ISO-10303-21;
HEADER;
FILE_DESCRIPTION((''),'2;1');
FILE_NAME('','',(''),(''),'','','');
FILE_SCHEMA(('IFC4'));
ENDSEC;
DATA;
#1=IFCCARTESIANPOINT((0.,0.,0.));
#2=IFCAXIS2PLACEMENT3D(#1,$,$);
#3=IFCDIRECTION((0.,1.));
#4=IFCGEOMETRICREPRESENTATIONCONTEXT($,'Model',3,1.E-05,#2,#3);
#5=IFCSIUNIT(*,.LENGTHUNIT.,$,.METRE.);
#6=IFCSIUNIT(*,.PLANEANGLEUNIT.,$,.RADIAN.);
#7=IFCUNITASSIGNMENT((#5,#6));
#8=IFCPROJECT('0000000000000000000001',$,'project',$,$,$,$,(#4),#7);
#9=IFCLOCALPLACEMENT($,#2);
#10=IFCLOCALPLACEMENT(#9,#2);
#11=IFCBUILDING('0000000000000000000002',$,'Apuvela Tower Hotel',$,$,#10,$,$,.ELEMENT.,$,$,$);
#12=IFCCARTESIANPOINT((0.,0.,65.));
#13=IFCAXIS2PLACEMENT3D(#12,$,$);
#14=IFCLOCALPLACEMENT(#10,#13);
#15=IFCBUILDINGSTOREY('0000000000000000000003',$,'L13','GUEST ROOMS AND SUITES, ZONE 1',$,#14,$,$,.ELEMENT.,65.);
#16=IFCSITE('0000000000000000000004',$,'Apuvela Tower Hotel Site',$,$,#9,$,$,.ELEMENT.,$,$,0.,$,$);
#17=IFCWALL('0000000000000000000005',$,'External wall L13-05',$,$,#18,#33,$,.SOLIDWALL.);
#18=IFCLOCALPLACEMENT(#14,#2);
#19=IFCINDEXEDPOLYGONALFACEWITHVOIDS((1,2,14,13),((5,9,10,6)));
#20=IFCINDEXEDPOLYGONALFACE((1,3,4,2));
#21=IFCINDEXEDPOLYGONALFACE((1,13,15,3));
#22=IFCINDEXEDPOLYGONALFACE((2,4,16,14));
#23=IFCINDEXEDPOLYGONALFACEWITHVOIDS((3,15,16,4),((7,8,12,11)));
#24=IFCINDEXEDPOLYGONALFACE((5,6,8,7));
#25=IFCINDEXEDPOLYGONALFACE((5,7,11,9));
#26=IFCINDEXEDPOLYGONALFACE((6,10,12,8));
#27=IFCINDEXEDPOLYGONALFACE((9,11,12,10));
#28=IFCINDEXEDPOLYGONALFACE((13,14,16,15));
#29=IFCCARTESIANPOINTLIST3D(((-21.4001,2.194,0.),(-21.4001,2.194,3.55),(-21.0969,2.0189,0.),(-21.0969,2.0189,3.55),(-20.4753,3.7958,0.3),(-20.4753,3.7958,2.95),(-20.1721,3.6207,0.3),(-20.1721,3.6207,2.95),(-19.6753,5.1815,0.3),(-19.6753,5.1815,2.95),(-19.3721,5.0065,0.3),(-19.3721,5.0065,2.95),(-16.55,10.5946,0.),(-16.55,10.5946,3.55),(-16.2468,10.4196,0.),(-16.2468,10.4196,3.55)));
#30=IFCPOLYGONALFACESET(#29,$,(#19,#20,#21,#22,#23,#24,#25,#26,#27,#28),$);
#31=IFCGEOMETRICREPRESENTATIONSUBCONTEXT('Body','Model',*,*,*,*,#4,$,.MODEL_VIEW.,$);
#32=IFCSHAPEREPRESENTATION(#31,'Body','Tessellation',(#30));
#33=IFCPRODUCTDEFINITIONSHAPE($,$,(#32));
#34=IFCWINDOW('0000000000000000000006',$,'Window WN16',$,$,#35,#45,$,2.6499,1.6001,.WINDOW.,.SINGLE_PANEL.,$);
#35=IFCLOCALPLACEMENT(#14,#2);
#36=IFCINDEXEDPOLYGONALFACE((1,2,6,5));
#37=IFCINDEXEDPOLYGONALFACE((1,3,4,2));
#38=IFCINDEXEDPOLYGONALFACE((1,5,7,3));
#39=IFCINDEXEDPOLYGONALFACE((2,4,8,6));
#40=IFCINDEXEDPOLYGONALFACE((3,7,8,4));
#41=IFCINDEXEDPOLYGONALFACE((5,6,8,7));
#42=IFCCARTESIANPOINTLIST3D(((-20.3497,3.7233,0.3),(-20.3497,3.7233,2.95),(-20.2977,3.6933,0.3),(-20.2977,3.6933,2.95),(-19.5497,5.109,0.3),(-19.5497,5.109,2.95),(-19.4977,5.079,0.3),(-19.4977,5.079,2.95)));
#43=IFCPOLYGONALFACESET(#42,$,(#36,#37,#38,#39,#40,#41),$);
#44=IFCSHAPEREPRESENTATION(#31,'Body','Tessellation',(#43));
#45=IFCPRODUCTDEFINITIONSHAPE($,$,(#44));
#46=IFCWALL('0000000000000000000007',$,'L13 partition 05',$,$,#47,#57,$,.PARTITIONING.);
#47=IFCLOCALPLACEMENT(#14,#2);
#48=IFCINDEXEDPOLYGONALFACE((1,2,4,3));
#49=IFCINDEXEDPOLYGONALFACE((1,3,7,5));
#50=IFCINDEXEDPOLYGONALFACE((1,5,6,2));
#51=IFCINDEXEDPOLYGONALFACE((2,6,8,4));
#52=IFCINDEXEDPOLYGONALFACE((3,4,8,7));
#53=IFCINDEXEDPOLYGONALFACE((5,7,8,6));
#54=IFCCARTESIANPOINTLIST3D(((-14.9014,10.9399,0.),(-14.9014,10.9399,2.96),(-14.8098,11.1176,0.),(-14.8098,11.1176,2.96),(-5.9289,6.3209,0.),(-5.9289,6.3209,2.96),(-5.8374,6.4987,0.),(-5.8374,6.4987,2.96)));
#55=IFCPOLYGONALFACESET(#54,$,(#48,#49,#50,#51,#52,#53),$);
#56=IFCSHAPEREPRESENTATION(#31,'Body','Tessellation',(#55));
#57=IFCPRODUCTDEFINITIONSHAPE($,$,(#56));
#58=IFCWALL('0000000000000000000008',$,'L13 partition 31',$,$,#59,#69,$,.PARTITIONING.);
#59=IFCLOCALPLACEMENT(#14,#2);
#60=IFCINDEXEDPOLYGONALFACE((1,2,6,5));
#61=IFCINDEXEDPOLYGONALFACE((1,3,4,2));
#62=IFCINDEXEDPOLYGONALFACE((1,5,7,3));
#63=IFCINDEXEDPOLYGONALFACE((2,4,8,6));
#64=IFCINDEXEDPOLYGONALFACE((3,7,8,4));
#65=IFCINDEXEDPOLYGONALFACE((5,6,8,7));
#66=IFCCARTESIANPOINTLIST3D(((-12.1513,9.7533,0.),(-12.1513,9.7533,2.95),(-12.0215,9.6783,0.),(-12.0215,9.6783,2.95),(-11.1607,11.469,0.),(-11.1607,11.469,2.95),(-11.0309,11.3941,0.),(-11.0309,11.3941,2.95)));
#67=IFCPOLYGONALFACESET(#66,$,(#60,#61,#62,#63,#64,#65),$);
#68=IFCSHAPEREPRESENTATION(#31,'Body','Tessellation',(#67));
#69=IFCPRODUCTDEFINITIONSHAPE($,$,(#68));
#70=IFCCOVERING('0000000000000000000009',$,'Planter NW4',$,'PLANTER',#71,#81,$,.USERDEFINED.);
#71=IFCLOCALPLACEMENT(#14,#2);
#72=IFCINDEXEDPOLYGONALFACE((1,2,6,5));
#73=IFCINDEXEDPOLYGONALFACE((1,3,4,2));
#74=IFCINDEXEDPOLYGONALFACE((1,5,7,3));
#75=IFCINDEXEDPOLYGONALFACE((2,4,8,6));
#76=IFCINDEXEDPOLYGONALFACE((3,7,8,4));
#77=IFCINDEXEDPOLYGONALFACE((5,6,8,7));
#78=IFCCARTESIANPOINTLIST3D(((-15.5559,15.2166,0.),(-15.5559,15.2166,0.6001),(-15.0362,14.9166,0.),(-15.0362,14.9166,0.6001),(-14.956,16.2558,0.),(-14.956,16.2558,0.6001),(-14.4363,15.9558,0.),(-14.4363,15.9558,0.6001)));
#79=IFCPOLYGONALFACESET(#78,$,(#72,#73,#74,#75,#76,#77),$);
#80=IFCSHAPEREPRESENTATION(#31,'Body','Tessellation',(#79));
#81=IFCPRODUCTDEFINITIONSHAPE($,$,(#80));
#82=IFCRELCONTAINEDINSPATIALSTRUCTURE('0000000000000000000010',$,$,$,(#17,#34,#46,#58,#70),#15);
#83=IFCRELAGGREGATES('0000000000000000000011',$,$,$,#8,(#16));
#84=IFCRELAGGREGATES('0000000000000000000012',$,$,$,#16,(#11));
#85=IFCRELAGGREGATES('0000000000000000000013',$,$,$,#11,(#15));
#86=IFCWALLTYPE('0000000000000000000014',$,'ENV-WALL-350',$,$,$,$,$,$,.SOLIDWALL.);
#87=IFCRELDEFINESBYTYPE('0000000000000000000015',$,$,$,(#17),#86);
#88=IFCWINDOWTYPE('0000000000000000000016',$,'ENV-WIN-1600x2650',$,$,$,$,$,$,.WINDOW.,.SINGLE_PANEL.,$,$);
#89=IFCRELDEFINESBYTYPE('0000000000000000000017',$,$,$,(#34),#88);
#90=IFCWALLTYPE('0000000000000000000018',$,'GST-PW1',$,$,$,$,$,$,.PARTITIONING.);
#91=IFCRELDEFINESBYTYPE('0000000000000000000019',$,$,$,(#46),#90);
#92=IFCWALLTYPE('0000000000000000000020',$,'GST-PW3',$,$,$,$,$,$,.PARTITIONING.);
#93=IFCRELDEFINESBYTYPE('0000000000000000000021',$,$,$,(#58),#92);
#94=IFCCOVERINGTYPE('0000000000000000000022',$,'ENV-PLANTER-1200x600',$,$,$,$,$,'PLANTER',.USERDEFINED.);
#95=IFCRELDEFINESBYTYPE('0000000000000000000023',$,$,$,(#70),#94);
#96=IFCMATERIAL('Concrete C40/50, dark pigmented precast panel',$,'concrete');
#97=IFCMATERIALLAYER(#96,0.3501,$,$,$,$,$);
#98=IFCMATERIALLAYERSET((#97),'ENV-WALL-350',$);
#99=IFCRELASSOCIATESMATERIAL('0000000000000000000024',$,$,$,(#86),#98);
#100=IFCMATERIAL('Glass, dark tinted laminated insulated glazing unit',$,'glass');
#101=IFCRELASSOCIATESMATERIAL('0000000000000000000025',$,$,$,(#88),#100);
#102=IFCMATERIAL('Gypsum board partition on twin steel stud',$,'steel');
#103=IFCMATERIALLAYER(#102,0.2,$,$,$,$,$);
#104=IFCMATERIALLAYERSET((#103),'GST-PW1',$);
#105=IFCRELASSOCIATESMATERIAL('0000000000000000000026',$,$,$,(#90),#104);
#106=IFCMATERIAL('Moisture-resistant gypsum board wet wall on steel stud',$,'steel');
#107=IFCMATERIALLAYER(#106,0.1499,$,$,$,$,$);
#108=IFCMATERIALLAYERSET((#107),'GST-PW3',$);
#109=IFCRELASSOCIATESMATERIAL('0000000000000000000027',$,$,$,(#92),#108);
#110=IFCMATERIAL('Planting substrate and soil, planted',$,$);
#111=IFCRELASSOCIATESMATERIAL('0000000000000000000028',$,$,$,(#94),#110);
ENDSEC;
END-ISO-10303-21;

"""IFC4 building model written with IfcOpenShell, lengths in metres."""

from ifc_helpers import new_model, si_unit, direction, frame, frame_2d, origin, origin_2d, place, context, subcontext, project, spatial, rectangle, extrude, material, layer, layer_set, type_object, element, fill, save


model = new_model("IFC4")

# Units and contexts
model_context = context("Model", 3, precision=1e-05, world=origin(), true_north=direction((0.0, 1.0)))
body_context = subcontext(model_context, "Body", "Model", "MODEL_VIEW")
ifc_project = project(units=[si_unit("LENGTHUNIT", "METRE"), si_unit("PLANEANGLEUNIT", "RADIAN")], contexts=[model_context])

# Site, building, storey
site_placement = place(None, origin())
site = spatial("IfcSite", under=ifc_project, at=site_placement, Name="Apuvela Tower Hotel Site", CompositionType="ELEMENT", RefElevation=0.0)
building_placement = place(site_placement, origin())
building = spatial("IfcBuilding", under=site, at=building_placement, Name="Apuvela Tower Hotel", CompositionType="ELEMENT")
storey_placement = place(building_placement, frame((0.0, 0.0, 65.0)))
storey = spatial("IfcBuildingStorey", under=building, at=storey_placement, Name="L13", Description="GUEST ROOMS AND SUITES, ZONE 1", CompositionType="ELEMENT", Elevation=65.0)

# Shared definitions
ifc_material_1 = material(Name="Concrete C40/50, dark pigmented precast panel", Category="concrete")
ifc_layer_1 = layer(ifc_material_1, 0.3501)
ifc_layer_set_1 = layer_set([ifc_layer_1], Name="ENV-WALL-350")
wall_type_1 = type_object("IfcWallType", Name="ENV-WALL-350", PredefinedType="SOLIDWALL", material=ifc_layer_set_1)

# Shared definitions
ifc_material_2 = material(Name="Glass, dark tinted laminated insulated glazing unit", Category="glass")

# Wall, opening, window
wall_1_placement = place(storey_placement, frame((-16.3984, 10.5071, 0.0), z_axis=(0.0, 0.0, 1.0), x_axis=(-0.499999, -0.866026, 0.0)))
wall_1 = element("IfcWall", 1, at=wall_1_placement, inside=storey, type_object=wall_type_1, Name="External wall L13-05", PredefinedType="SOLIDWALL", context=body_context, shape_type="SweptSolid", body=[
    extrude(rectangle(XDim=9.7002, YDim=0.3501, at=frame_2d((4.8501, 0.0))), origin(), (0.0, 0.0, 1.0), 3.55),
])
opening_1_placement = place(wall_1_placement, frame((6.2505, 0.0, 0.3)))
opening_1 = element("IfcOpeningElement", 2, at=opening_1_placement, cuts=wall_1, PredefinedType="OPENING", context=body_context, shape_type="SweptSolid", body=[
    extrude(rectangle(XDim=1.6001, YDim=2.6499, at=frame_2d((0.8, 1.325))), frame((0.0, 0.1851, 0.0), z_axis=(0.0, -1.0, 0.0), x_axis=(1.0, 0.0, 0.0)), (0.0, 0.0, 1.0), 0.3701),
])
window_type_1 = type_object("IfcWindowType", Name="ENV-WIN-1600x2650", PartitioningType="SINGLE_PANEL", PredefinedType="WINDOW", material=ifc_material_2)
window_1_placement = place(opening_1_placement, origin())
window_1 = element("IfcWindow", 3, at=window_1_placement, inside=storey, type_object=window_type_1, Name="Window WN16", OverallHeight=2.6499, OverallWidth=1.6001, PartitioningType="SINGLE_PANEL", PredefinedType="WINDOW", context=body_context, shape_type="SweptSolid", body=[
    extrude(rectangle(XDim=1.6001, YDim=2.6499, at=frame_2d((0.8, 1.325))), frame((0.0, 0.03, 0.0), z_axis=(0.0, -1.0, 0.0), x_axis=(1.0, 0.0, 0.0)), (0.0, 0.0, 1.0), 0.0601),
])
fill(opening_1, window_1)

# Walls
ifc_material_3 = material(Name="Gypsum board partition on twin steel stud", Category="steel")
ifc_layer_2 = layer(ifc_material_3, 0.2)
ifc_layer_set_2 = layer_set([ifc_layer_2], Name="GST-PW1")
wall_type_2 = type_object("IfcWallType", Name="GST-PW1", PredefinedType="PARTITIONING", material=ifc_layer_set_2)
wall_2_placement = place(storey_placement, frame((-14.8557, 11.0288, 0.0), z_axis=(0.0, 0.0, 1.0), x_axis=(0.889106, -0.457702, 0.0)))
element("IfcWall", 4, at=wall_2_placement, inside=storey, type_object=wall_type_2, Name="L13 partition 05", PredefinedType="PARTITIONING", context=body_context, shape_type="SweptSolid", body=[
    extrude(rectangle(XDim=10.0916, YDim=0.2, at=frame_2d((5.0459, 0.0))), origin(), (0.0, 0.0, 1.0), 2.96),
])
ifc_material_4 = material(Name="Moisture-resistant gypsum board wet wall on steel stud", Category="steel")
ifc_layer_3 = layer(ifc_material_4, 0.1499)
ifc_layer_set_3 = layer_set([ifc_layer_3], Name="GST-PW3")
wall_type_3 = type_object("IfcWallType", Name="GST-PW3", PredefinedType="PARTITIONING", material=ifc_layer_set_3)
wall_3_placement = place(storey_placement, frame((-11.0957, 11.4316, 0.0), z_axis=(0.0, 0.0, 1.0), x_axis=(-0.500035, -0.866005, 0.0)))
element("IfcWall", 5, at=wall_3_placement, inside=storey, type_object=wall_type_3, Name="L13 partition 31", PredefinedType="PARTITIONING", context=body_context, shape_type="SweptSolid", body=[
    extrude(rectangle(XDim=1.9812, YDim=0.1499, at=frame_2d((0.9907, 0.0))), origin(), (0.0, 0.0, 1.0), 2.95),
])

# Covering
ifc_material_5 = material(Name="Planting substrate and soil, planted")
covering_type = type_object("IfcCoveringType", Name="ENV-PLANTER-1200x600", ElementType="PLANTER", PredefinedType="USERDEFINED", material=ifc_material_5)
covering_placement = place(storey_placement, frame((-14.9961, 15.5862, 0.0), z_axis=(0.0, 0.0, 1.0), x_axis=(-0.5, -0.866025, 0.0)))
element("IfcCovering", 6, at=covering_placement, inside=storey, type_object=covering_type, Name="Planter NW4", ObjectType="PLANTER", PredefinedType="USERDEFINED", context=body_context, shape_type="SweptSolid", body=[
    extrude(rectangle(XDim=1.2, YDim=0.6001, at=origin_2d()), origin(), (0.0, 0.0, 1.0), 0.6001),
])

save(model, "model.ifc")
